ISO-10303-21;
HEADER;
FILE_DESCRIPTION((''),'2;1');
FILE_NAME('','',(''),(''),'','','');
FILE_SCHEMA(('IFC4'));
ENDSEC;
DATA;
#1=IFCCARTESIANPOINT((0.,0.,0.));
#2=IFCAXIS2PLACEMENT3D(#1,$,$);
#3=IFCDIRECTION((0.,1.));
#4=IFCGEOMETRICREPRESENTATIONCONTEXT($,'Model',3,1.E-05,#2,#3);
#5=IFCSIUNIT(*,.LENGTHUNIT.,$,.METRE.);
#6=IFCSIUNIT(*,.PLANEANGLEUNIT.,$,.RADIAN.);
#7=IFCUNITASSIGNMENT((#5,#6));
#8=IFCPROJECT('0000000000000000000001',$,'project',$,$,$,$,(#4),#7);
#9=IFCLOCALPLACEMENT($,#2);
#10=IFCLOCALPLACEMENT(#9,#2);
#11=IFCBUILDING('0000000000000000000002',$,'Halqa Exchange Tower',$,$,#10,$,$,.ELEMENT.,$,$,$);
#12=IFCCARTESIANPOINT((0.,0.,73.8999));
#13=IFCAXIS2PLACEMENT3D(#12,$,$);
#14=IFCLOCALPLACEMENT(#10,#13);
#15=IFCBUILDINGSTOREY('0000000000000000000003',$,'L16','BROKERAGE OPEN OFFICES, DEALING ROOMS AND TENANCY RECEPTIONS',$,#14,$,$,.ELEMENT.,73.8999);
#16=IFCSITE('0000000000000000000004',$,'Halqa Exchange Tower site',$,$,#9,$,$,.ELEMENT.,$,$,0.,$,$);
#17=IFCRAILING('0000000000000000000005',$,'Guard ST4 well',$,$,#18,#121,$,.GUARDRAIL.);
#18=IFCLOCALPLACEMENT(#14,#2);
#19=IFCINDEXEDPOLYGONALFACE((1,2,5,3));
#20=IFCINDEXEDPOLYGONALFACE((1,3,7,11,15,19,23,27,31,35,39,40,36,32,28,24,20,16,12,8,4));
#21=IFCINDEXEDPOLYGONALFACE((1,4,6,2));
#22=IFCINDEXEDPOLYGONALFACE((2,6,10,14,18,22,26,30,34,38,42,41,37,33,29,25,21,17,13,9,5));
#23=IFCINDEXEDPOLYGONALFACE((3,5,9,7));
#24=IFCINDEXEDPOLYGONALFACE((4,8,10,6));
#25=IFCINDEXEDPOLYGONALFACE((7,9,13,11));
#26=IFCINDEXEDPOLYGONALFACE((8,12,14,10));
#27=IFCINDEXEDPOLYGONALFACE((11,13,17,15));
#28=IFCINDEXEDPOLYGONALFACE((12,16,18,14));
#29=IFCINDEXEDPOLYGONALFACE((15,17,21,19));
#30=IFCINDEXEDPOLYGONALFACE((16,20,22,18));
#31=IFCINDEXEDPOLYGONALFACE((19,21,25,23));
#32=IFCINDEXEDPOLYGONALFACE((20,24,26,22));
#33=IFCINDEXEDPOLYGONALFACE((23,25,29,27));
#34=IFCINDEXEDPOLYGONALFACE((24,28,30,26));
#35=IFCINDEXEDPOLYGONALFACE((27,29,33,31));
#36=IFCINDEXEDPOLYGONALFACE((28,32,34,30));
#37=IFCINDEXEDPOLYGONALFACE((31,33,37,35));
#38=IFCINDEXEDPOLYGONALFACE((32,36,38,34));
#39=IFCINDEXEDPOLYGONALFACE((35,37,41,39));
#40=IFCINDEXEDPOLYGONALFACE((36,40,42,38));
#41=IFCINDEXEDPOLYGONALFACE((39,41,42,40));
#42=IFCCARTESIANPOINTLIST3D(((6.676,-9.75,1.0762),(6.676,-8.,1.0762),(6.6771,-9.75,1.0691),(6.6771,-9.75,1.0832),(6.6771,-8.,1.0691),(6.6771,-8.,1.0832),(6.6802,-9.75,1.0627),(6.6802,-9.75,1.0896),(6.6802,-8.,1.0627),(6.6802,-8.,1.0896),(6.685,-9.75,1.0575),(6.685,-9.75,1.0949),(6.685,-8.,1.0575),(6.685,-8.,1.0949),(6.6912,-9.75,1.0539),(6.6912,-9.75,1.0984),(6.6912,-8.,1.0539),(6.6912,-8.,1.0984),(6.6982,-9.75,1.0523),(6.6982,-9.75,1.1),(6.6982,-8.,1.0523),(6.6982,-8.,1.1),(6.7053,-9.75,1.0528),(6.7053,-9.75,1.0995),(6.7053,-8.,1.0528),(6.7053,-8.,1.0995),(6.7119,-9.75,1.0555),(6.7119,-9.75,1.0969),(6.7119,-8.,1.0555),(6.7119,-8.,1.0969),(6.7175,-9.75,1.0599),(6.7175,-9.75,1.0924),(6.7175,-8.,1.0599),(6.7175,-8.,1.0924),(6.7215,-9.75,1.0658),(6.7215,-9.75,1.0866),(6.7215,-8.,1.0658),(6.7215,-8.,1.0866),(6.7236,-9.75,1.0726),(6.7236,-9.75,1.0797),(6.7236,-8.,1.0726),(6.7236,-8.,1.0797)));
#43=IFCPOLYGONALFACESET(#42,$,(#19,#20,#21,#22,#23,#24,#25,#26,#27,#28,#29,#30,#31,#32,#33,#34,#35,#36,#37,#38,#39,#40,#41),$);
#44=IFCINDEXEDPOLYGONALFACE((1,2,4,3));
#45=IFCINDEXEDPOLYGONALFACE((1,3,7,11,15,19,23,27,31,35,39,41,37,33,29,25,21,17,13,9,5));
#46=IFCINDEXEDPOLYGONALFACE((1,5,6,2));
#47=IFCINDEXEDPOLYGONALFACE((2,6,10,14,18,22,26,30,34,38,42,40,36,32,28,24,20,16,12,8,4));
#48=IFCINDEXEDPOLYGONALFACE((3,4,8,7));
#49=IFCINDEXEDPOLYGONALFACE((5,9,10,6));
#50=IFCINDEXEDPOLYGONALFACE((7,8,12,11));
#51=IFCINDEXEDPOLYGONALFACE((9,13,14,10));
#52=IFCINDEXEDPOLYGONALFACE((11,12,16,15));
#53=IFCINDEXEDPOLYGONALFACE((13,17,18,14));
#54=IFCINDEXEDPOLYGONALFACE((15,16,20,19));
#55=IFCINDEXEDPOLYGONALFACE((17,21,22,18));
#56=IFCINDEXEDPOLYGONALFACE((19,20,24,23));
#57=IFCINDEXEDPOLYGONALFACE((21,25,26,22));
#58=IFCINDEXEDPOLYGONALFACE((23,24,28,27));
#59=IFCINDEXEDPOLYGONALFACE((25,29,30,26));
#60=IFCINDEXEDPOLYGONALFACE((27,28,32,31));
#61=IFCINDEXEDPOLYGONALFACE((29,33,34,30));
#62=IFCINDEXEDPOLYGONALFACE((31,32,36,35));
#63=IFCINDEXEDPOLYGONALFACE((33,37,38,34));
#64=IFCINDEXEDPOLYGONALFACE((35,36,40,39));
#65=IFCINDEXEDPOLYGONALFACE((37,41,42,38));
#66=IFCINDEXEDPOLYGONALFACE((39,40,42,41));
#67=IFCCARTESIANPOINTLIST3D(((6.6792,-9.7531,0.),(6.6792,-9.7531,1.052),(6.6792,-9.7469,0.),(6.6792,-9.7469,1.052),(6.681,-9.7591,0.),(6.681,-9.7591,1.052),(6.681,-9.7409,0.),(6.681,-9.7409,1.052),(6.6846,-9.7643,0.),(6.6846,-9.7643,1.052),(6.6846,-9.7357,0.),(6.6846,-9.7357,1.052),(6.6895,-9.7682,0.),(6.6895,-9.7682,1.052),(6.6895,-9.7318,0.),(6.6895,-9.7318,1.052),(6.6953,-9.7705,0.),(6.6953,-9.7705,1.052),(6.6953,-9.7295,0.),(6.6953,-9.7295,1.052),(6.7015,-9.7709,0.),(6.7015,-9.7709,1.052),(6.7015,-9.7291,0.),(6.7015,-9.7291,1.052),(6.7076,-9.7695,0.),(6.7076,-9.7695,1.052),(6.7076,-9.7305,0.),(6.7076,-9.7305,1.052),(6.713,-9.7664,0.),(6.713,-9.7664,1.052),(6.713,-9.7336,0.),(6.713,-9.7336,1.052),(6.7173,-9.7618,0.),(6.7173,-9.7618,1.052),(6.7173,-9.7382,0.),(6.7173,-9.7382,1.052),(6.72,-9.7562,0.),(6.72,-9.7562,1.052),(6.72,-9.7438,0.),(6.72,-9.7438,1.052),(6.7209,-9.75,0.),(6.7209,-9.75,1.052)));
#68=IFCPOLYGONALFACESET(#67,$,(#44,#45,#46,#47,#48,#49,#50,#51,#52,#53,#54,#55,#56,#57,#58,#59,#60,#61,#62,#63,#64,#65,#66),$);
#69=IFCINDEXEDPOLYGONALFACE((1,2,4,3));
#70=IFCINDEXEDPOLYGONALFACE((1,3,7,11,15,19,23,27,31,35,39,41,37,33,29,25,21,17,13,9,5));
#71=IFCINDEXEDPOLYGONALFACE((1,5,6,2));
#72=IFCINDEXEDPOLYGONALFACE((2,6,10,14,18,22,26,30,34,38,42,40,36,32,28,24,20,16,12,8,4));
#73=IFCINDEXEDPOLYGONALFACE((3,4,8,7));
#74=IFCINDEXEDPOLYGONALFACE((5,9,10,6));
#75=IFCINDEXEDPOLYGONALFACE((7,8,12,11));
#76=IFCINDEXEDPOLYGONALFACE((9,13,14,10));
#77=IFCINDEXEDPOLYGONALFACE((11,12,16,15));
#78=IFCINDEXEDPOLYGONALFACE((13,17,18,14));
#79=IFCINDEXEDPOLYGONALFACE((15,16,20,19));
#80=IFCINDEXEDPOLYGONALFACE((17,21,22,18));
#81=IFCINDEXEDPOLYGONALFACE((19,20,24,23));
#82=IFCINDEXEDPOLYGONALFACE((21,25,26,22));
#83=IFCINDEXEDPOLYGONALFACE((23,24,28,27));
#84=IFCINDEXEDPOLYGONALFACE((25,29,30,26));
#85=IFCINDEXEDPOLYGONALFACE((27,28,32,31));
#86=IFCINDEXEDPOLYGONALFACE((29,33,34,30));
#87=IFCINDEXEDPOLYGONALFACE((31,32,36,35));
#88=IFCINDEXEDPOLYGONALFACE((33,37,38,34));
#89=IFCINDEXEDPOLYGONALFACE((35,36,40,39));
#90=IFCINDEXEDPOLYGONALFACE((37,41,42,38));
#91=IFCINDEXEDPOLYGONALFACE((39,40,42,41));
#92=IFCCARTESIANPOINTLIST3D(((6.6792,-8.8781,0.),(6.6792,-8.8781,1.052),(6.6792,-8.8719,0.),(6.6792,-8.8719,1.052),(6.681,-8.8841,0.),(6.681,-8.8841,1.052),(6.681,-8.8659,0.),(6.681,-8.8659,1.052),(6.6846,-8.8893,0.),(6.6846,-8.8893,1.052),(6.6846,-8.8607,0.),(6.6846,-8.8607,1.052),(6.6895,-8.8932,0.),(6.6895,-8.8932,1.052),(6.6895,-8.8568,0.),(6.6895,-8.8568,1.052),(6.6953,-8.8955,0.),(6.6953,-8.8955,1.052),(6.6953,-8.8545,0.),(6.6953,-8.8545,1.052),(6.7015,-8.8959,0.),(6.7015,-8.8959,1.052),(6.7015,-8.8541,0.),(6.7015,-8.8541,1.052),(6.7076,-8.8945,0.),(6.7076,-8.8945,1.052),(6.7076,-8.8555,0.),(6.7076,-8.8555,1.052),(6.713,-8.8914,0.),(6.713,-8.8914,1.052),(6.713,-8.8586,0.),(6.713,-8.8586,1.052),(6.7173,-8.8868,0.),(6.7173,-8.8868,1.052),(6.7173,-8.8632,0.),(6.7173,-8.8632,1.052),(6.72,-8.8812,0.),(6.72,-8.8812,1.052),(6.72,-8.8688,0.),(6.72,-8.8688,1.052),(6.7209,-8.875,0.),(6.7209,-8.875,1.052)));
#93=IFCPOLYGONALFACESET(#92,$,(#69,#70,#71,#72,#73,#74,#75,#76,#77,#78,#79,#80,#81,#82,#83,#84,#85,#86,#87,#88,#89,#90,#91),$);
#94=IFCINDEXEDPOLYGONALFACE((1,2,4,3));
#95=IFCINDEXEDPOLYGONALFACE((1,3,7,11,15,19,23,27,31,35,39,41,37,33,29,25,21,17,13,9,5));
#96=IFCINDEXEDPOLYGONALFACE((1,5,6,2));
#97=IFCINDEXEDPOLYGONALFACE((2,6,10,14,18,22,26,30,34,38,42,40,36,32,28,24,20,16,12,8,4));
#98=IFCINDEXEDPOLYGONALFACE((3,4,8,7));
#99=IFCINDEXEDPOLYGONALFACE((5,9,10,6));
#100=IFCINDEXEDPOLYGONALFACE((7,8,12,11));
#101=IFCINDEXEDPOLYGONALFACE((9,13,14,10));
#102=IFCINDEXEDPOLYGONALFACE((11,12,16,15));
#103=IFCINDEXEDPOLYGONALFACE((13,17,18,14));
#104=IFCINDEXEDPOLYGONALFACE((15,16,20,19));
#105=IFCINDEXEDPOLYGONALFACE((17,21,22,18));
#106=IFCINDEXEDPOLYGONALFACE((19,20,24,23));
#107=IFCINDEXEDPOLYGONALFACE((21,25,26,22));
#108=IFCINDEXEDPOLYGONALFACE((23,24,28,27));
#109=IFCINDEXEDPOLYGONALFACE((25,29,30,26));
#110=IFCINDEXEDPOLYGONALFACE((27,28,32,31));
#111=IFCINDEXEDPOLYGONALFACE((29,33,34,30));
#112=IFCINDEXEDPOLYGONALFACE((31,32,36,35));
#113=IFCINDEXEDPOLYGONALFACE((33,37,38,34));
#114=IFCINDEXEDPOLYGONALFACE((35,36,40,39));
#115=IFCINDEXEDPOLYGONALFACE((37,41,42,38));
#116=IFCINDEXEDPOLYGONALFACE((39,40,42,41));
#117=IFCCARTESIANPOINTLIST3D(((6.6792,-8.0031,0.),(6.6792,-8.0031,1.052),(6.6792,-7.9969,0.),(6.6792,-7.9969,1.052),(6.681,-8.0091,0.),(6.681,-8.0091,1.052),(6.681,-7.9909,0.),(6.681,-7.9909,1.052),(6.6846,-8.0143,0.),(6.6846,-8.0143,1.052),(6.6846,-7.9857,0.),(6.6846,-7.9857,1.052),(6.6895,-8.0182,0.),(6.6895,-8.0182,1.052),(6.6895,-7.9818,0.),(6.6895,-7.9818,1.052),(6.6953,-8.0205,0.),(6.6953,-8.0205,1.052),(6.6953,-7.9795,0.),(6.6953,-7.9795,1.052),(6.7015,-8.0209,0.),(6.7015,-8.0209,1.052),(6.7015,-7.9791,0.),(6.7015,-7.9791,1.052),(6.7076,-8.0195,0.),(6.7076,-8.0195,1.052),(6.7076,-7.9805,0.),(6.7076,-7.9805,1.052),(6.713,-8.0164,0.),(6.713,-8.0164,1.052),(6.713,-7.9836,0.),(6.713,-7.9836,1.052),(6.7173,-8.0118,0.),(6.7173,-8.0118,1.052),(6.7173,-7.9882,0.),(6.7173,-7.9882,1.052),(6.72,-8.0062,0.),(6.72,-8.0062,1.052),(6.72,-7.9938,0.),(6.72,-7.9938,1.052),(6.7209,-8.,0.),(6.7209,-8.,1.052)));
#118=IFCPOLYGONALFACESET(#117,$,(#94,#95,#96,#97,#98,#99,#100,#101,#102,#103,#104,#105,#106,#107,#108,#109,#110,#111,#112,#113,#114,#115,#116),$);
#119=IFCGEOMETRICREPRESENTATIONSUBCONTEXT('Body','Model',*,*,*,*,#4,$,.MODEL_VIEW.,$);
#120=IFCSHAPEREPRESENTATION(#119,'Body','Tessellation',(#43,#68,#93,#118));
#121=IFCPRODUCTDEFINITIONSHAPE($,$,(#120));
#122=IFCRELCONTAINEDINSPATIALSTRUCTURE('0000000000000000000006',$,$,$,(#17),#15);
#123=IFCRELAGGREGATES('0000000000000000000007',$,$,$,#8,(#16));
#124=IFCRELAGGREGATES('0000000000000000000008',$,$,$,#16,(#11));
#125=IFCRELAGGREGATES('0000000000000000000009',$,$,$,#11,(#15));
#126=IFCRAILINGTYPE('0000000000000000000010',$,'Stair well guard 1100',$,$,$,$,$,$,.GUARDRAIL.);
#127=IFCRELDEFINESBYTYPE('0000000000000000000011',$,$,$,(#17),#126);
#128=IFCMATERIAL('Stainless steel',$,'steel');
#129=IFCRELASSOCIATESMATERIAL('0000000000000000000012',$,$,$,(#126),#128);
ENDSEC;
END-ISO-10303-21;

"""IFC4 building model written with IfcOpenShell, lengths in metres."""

from ifc_helpers import new_model, si_unit, direction, frame, origin, origin_2d, place, context, subcontext, project, spatial, circle, extrude, material, type_object, element, save


model = new_model("IFC4")

# Units and contexts
model_context = context("Model", 3, precision=1e-05, world=origin(), true_north=direction((0.0, 1.0)))
body_context = subcontext(model_context, "Body", "Model", "MODEL_VIEW")
ifc_project = project(units=[si_unit("LENGTHUNIT", "METRE"), si_unit("PLANEANGLEUNIT", "RADIAN")], contexts=[model_context])

# Site, building, storey
site_placement = place(None, origin())
site = spatial("IfcSite", under=ifc_project, at=site_placement, Name="Halqa Exchange Tower site", CompositionType="ELEMENT", RefElevation=0.0)
building_placement = place(site_placement, origin())
building = spatial("IfcBuilding", under=site, at=building_placement, Name="Halqa Exchange Tower", CompositionType="ELEMENT")
storey_placement = place(building_placement, frame((0.0, 0.0, 73.8999)))
storey = spatial("IfcBuildingStorey", under=building, at=storey_placement, Name="L16", Description="BROKERAGE OPEN OFFICES, DEALING ROOMS AND TENANCY RECEPTIONS", CompositionType="ELEMENT", Elevation=73.8999)

# Railing
ifc_material_1 = material(Name="Stainless steel", Category="steel")
railing_type_1 = type_object("IfcRailingType", Name="Stair well guard 1100", PredefinedType="GUARDRAIL", material=ifc_material_1)
railing_1_placement = place(storey_placement, frame((6.7, -9.75, 0.0)))
element("IfcRailing", 1, at=railing_1_placement, inside=storey, type_object=railing_type_1, Name="Guard ST4 well", PredefinedType="GUARDRAIL", context=body_context, shape_type="SweptSolid", body=[
    extrude(circle(Radius=0.0239, at=origin_2d()), frame((0.0, 0.0, 1.0762), z_axis=(0.0, 1.0, 0.0), x_axis=(-1.0, 0.0, 0.0)), (0.0, 0.0, 1.0), 1.75),
    extrude(circle(Radius=0.021, at=origin_2d()), origin(), (0.0, 0.0, 1.0), 1.052),
    extrude(circle(Radius=0.021, at=origin_2d()), frame((0.0, 0.875, 0.0)), (0.0, 0.0, 1.0), 1.052),
    extrude(circle(Radius=0.021, at=origin_2d()), frame((0.0, 1.75, 0.0)), (0.0, 0.0, 1.0), 1.052),
])

save(model, "model.ifc")
